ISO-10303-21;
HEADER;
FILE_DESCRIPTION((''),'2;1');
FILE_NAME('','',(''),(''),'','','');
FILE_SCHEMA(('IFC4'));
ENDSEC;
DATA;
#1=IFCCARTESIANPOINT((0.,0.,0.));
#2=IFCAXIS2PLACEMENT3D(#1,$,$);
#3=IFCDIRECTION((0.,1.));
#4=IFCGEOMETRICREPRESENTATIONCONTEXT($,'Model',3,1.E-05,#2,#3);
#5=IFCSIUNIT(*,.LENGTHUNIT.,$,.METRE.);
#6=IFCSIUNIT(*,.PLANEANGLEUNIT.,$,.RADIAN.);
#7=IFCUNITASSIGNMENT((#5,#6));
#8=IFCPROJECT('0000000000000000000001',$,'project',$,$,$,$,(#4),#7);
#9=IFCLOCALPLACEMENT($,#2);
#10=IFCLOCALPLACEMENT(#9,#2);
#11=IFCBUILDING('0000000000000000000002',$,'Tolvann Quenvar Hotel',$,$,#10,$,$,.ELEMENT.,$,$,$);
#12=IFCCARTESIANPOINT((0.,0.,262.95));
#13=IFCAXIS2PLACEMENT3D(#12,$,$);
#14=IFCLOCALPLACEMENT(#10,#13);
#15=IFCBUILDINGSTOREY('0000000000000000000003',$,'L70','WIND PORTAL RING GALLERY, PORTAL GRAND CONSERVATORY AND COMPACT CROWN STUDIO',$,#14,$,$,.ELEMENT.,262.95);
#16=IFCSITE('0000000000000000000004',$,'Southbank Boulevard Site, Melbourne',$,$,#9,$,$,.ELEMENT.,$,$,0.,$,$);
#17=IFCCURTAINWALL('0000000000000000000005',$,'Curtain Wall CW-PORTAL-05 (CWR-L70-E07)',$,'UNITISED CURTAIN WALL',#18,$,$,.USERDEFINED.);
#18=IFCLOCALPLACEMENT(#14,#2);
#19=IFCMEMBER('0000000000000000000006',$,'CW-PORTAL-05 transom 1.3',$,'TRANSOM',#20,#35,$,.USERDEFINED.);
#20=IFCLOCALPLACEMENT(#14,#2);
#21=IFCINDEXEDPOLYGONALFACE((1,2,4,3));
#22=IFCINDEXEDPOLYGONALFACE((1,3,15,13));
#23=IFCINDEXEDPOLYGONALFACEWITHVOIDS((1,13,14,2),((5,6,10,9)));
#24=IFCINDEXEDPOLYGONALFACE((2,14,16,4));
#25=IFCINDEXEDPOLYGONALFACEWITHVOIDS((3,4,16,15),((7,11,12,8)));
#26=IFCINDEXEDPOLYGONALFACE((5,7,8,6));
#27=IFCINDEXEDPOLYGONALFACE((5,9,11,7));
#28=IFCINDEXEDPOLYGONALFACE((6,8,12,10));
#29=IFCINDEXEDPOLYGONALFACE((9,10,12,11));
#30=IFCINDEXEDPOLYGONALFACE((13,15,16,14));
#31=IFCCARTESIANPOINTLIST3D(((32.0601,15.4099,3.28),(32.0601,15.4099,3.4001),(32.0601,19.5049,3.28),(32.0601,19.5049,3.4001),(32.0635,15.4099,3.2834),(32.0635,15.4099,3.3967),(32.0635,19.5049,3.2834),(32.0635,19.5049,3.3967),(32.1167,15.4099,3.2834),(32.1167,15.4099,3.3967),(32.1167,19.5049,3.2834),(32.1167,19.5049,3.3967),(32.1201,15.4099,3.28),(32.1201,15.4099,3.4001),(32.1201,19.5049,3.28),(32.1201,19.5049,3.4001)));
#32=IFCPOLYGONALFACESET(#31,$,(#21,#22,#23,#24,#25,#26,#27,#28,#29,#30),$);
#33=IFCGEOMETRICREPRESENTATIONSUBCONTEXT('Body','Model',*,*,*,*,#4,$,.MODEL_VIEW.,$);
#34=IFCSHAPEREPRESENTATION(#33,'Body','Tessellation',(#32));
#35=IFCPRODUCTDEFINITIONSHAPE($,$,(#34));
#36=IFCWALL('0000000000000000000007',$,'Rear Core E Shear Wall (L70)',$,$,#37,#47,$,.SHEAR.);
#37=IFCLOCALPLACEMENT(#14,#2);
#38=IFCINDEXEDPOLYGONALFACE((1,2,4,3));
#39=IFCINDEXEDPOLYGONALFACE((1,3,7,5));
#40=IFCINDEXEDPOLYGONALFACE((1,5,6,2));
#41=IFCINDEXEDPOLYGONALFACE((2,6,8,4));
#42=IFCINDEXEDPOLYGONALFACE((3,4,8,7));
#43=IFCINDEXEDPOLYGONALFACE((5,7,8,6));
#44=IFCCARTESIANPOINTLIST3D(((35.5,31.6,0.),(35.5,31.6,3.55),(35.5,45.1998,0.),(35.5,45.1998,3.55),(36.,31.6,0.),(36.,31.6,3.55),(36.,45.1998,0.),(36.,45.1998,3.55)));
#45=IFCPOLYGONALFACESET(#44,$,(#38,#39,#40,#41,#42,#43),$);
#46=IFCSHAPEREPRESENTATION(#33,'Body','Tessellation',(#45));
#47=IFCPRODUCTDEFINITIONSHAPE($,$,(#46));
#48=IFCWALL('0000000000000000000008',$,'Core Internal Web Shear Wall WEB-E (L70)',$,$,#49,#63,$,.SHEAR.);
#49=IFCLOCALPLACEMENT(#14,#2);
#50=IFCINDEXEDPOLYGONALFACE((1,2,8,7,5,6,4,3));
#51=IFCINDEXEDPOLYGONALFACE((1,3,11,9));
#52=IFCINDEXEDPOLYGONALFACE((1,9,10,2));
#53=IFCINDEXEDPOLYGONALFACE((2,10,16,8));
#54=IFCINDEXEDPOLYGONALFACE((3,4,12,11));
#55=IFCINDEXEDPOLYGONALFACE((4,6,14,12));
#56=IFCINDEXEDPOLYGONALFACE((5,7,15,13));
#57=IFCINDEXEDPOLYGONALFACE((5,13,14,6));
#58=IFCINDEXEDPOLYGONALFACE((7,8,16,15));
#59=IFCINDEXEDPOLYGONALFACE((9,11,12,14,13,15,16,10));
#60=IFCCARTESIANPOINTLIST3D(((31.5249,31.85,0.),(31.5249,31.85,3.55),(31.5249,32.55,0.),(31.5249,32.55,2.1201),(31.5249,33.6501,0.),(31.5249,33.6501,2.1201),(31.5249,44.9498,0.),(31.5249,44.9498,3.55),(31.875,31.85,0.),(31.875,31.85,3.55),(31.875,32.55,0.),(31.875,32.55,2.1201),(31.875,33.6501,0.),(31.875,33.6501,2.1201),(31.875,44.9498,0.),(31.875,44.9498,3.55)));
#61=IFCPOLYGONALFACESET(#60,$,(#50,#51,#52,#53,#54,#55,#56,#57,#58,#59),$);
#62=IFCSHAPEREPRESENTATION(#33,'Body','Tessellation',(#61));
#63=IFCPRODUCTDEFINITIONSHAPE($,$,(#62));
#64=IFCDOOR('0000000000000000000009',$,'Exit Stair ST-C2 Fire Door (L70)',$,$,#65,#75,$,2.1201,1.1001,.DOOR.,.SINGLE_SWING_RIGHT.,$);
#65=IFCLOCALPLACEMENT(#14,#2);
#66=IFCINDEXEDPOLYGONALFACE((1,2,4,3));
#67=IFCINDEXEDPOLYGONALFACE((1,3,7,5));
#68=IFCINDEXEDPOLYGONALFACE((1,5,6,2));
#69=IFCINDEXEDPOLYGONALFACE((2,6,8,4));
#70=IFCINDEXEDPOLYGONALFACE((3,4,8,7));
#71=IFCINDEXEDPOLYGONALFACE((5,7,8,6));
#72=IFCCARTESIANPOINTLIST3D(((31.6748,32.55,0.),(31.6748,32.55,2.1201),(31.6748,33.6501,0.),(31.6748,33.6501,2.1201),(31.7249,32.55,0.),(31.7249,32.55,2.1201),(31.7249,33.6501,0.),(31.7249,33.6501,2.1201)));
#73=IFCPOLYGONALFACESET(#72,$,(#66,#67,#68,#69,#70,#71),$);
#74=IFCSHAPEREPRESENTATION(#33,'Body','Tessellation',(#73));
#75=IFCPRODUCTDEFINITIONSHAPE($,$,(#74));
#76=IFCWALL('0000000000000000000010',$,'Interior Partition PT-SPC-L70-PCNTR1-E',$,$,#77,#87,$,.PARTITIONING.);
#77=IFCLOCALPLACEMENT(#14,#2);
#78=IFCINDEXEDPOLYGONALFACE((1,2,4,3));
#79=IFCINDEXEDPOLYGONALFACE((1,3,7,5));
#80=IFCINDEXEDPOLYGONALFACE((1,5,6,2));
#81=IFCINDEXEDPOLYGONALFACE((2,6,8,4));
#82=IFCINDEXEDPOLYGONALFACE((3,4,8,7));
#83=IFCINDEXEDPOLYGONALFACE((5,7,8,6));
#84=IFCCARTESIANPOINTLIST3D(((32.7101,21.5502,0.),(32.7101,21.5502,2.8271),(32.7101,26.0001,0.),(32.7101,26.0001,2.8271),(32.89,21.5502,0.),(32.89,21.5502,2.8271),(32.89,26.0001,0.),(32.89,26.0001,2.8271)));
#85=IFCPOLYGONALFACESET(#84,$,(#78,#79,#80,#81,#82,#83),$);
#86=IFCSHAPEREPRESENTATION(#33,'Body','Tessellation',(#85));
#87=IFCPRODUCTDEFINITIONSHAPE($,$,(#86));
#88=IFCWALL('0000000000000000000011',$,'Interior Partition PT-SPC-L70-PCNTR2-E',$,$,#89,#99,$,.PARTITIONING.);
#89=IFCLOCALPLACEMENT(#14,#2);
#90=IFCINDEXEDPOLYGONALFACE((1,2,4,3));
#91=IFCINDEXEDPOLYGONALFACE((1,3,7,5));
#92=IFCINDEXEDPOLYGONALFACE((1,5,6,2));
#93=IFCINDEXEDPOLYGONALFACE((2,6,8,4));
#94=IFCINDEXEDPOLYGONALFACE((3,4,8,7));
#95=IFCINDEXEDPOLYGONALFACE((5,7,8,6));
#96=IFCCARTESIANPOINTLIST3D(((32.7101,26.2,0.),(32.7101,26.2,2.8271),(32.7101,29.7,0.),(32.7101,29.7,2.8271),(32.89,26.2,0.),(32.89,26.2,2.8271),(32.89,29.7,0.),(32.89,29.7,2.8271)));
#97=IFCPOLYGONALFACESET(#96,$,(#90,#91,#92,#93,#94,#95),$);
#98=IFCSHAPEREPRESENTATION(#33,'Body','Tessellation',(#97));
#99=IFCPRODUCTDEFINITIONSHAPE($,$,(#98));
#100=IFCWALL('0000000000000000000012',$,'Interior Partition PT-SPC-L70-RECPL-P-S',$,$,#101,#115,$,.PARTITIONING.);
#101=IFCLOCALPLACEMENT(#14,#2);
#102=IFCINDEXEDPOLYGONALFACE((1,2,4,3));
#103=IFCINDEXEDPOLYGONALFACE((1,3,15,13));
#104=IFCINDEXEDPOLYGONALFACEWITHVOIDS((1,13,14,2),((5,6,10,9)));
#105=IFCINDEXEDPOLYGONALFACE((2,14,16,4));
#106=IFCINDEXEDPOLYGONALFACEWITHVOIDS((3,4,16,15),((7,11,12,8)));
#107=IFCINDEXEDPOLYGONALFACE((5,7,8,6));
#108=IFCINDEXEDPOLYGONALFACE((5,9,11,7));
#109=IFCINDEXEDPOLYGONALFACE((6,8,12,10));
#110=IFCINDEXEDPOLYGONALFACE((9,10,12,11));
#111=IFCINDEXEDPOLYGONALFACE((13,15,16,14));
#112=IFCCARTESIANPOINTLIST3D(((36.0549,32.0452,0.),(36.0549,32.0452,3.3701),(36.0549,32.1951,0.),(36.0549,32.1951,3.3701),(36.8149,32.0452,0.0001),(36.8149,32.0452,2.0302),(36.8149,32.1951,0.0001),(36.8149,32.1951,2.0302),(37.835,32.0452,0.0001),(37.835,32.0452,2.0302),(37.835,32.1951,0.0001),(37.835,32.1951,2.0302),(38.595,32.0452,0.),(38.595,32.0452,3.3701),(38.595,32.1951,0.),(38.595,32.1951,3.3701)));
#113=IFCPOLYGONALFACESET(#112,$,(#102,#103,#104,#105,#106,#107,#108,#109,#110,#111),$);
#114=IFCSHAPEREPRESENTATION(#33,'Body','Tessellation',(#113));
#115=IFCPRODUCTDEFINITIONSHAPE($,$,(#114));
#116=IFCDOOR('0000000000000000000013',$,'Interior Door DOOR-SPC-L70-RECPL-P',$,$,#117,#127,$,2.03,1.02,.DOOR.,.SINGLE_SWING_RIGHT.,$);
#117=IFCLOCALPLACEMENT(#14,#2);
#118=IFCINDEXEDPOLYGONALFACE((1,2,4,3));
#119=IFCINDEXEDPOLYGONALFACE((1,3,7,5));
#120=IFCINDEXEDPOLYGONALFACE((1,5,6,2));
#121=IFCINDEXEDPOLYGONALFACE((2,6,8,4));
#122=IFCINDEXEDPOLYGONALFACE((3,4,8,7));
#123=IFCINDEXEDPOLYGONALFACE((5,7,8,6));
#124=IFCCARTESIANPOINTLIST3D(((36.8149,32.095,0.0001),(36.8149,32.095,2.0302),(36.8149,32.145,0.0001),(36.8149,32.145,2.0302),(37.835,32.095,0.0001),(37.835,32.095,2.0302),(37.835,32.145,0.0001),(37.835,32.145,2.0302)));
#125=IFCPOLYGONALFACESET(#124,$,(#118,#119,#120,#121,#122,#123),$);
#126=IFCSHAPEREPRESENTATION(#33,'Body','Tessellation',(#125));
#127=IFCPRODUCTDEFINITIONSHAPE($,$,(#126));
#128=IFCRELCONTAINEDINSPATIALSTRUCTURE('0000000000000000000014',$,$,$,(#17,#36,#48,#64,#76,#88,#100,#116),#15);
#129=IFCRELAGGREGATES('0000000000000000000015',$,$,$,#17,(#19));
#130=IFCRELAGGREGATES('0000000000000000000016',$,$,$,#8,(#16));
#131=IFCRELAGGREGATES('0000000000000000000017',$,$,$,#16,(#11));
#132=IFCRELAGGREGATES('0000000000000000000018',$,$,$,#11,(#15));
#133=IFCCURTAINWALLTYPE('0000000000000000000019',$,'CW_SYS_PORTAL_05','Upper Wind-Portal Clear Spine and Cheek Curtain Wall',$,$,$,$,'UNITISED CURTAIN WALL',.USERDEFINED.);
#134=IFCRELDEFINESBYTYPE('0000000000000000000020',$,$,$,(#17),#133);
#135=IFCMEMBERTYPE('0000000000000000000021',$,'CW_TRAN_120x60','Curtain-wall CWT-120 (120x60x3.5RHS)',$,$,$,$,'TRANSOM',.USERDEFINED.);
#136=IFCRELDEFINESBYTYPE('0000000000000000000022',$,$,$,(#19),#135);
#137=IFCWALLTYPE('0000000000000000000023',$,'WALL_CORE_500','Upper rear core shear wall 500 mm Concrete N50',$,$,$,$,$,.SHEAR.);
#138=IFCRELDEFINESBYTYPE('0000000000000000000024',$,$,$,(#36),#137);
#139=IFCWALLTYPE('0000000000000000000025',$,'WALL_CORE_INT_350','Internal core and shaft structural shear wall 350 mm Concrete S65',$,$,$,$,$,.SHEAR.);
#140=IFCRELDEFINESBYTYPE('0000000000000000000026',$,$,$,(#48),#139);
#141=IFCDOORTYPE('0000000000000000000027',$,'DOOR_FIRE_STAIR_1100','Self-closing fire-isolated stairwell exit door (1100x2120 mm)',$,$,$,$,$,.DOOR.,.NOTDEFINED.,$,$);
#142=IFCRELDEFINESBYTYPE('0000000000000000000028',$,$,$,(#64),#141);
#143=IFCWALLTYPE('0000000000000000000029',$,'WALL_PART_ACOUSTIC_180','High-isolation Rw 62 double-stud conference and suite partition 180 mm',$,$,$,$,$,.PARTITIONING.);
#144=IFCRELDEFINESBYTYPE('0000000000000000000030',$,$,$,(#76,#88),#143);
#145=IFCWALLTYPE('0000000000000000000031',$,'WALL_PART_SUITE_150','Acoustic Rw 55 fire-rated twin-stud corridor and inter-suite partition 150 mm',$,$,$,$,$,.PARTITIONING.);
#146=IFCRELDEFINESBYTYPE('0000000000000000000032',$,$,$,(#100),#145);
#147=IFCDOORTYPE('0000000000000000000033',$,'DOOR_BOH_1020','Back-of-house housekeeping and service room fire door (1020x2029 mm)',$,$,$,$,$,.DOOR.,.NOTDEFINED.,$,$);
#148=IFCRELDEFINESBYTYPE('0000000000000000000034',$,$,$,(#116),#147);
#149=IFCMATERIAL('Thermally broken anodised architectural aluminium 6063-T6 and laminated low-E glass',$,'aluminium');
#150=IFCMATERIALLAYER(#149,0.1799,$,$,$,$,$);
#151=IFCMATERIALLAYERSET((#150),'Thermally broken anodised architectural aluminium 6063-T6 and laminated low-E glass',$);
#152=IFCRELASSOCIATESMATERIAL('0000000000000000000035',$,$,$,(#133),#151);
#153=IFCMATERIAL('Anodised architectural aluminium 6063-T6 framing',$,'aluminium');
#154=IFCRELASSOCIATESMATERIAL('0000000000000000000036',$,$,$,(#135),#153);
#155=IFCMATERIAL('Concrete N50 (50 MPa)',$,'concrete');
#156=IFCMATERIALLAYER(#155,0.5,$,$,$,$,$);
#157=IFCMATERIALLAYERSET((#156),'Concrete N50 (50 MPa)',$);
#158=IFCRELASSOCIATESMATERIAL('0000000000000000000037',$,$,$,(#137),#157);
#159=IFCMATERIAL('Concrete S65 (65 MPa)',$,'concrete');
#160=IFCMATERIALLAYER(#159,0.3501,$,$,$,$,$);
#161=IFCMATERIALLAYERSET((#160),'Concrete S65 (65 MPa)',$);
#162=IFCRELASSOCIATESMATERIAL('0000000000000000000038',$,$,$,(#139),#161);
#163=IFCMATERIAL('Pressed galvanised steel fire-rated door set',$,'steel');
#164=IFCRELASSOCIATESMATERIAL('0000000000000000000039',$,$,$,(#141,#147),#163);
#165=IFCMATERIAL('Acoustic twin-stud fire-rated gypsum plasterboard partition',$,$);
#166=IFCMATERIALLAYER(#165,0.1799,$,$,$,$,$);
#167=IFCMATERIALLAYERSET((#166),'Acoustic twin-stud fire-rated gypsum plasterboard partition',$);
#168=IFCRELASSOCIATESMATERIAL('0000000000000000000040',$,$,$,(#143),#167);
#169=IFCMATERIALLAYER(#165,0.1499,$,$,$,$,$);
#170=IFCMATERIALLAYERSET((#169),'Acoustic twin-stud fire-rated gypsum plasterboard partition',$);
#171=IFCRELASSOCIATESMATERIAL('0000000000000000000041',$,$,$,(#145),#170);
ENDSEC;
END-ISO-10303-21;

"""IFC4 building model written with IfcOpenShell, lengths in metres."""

from ifc_helpers import new_model, si_unit, direction, frame, frame_2d, origin, origin_2d, place, context, subcontext, project, spatial, rectangle, hollow_rectangle, extrude, source, transform, mapped, material, layer, layer_set, material_profile, profile_set, type_object, type_shapes, element, fill, aggregate, save


model = new_model("IFC4")

# Units and contexts
model_context = context("Model", 3, precision=1e-05, world=origin(), true_north=direction((0.0, 1.0)))
body_context = subcontext(model_context, "Body", "Model", "MODEL_VIEW")
ifc_project = project(units=[si_unit("LENGTHUNIT", "METRE"), si_unit("PLANEANGLEUNIT", "RADIAN")], contexts=[model_context])

# Site, building, storey
site_placement = place(None, origin())
site = spatial("IfcSite", under=ifc_project, at=site_placement, Name="Southbank Boulevard Site, Melbourne", CompositionType="ELEMENT", RefElevation=0.0)
building_placement = place(site_placement, origin())
building = spatial("IfcBuilding", under=site, at=building_placement, Name="Tolvann Quenvar Hotel", CompositionType="ELEMENT")
storey_placement = place(building_placement, frame((0.0, 0.0, 262.95)))
storey = spatial("IfcBuildingStorey", under=building, at=storey_placement, Name="L70", Description="WIND PORTAL RING GALLERY, PORTAL GRAND CONSERVATORY AND COMPACT CROWN STUDIO", CompositionType="ELEMENT", Elevation=262.95)

# Curtain wall, member
ifc_material_1 = material(Name="Thermally broken anodised architectural aluminium 6063-T6 and laminated low-E glass", Category="aluminium")
ifc_layer_1 = layer(ifc_material_1, 0.1799)
ifc_layer_set_1 = layer_set([ifc_layer_1], Name="Thermally broken anodised architectural aluminium 6063-T6 and laminated low-E glass")
curtain_wall_type = type_object("IfcCurtainWallType", Name="CW_SYS_PORTAL_05", Description="Upper Wind-Portal Clear Spine and Cheek Curtain Wall", ElementType="UNITISED CURTAIN WALL", PredefinedType="USERDEFINED", material=ifc_layer_set_1)
curtain_wall_placement = place(storey_placement, origin())
curtain_wall = element("IfcCurtainWall", 1, at=curtain_wall_placement, inside=storey, type_object=curtain_wall_type, Name="Curtain Wall CW-PORTAL-05 (CWR-L70-E07)", ObjectType="UNITISED CURTAIN WALL", PredefinedType="USERDEFINED")
ifc_material_2 = material(Name="Anodised architectural aluminium 6063-T6 framing", Category="aluminium")
ifc_material_profile_1 = material_profile(ifc_material_2, hollow_rectangle(XDim=0.0601, YDim=0.1201, WallThickness=0.0034, at=origin_2d()), Name="120x60x3.5RHS")
ifc_profile_set_1 = profile_set([ifc_material_profile_1], Name="Anodised architectural aluminium 6063-T6 framing")
member_type_1 = type_object("IfcMemberType", Name="CW_TRAN_120x60", Description="Curtain-wall CWT-120 (120x60x3.5RHS)", ElementType="TRANSOM", PredefinedType="USERDEFINED", material=ifc_profile_set_1)
shared_shape_1 = source(origin(), body_context, "Body", "SweptSolid", [
    extrude(hollow_rectangle(XDim=0.0601, YDim=0.1201, WallThickness=0.0034, at=origin_2d()), origin(), (0.0, 0.0, 1.0), 4.095),
])
type_shapes(member_type_1, [shared_shape_1])
member_1_placement = place(storey_placement, frame((32.0901, 19.5049, 3.3401), z_axis=(0.0, -1.0, 0.0), x_axis=(1.0, 0.0, 0.0)))
member_1 = element("IfcMember", 2, at=member_1_placement, type_object=member_type_1, Name="CW-PORTAL-05 transom 1.3", ObjectType="TRANSOM", PredefinedType="USERDEFINED", context=body_context, shape_type="MappedRepresentation", body=[
    mapped(shared_shape_1, transform((0.0, 0.0, 0.0), x_axis=(1.0, 0.0, 0.0), y_axis=(0.0, 1.0, 0.0), z_axis=(0.0, 0.0, 1.0), scale=1.0)),
])
aggregate(curtain_wall, [member_1])

# Wall
ifc_material_3 = material(Name="Concrete N50 (50 MPa)", Category="concrete")
ifc_layer_2 = layer(ifc_material_3, 0.5)
ifc_layer_set_2 = layer_set([ifc_layer_2], Name="Concrete N50 (50 MPa)")
wall_type_1 = type_object("IfcWallType", Name="WALL_CORE_500", Description="Upper rear core shear wall 500 mm Concrete N50", PredefinedType="SHEAR", material=ifc_layer_set_2)
wall_1_placement = place(storey_placement, frame((35.75, 31.6001, 0.0), z_axis=(0.0, 0.0, 1.0), x_axis=(0.0, 1.0, 0.0)))
element("IfcWall", 3, at=wall_1_placement, inside=storey, type_object=wall_type_1, Name="Rear Core E Shear Wall (L70)", PredefinedType="SHEAR", context=body_context, shape_type="SweptSolid", body=[
    extrude(rectangle(XDim=13.5999, YDim=0.5, at=frame_2d((6.7998, 0.0))), origin(), (0.0, 0.0, 1.0), 3.55),
])

# Wall, opening, door
ifc_material_4 = material(Name="Concrete S65 (65 MPa)", Category="concrete")
ifc_layer_3 = layer(ifc_material_4, 0.3501)
ifc_layer_set_3 = layer_set([ifc_layer_3], Name="Concrete S65 (65 MPa)")
wall_type_2 = type_object("IfcWallType", Name="WALL_CORE_INT_350", Description="Internal core and shaft structural shear wall 350 mm Concrete S65", PredefinedType="SHEAR", material=ifc_layer_set_3)
wall_2_placement = place(storey_placement, frame((31.7, 31.8501, 0.0), z_axis=(0.0, 0.0, 1.0), x_axis=(0.0, 1.0, 0.0)))
wall_2 = element("IfcWall", 4, at=wall_2_placement, inside=storey, type_object=wall_type_2, Name="Core Internal Web Shear Wall WEB-E (L70)", PredefinedType="SHEAR", context=body_context, shape_type="SweptSolid", body=[
    extrude(rectangle(XDim=13.0999, YDim=0.3501, at=frame_2d((6.5498, 0.0))), origin(), (0.0, 0.0, 1.0), 3.55),
])
opening_1_placement = place(wall_2_placement, frame((1.8, 0.0, 0.0), z_axis=(0.0, 0.0, 1.0), x_axis=(-1.0, 0.0, 0.0)))
opening_1 = element("IfcOpeningElement", 5, at=opening_1_placement, cuts=wall_2, PredefinedType="OPENING", context=body_context, shape_type="SweptSolid", body=[
    extrude(rectangle(XDim=1.1001, YDim=2.1201, at=frame_2d((0.55, 1.0601))), frame((0.0, 0.1851, 0.0), z_axis=(0.0, -1.0, 0.0), x_axis=(1.0, 0.0, 0.0)), (0.0, 0.0, 1.0), 0.3701),
])
ifc_material_5 = material(Name="Pressed galvanised steel fire-rated door set", Category="steel")
door_type_1 = type_object("IfcDoorType", Name="DOOR_FIRE_STAIR_1100", Description="Self-closing fire-isolated stairwell exit door (1100x2120 mm)", OperationType="NOTDEFINED", PredefinedType="DOOR", material=ifc_material_5)
shared_shape_2 = source(origin(), body_context, "Body", "SweptSolid", [
    extrude(rectangle(XDim=1.1001, YDim=2.1201, at=frame_2d((0.55, 1.0601))), frame((0.0, 0.0249, 0.0), z_axis=(0.0, -1.0, 0.0), x_axis=(1.0, 0.0, 0.0)), (0.0, 0.0, 1.0), 0.05),
])
type_shapes(door_type_1, [shared_shape_2])
door_1_placement = place(opening_1_placement, origin())
door_1 = element("IfcDoor", 6, at=door_1_placement, inside=storey, type_object=door_type_1, Name="Exit Stair ST-C2 Fire Door (L70)", OperationType="SINGLE_SWING_RIGHT", OverallHeight=2.1201, OverallWidth=1.1001, PredefinedType="DOOR", context=body_context, shape_type="MappedRepresentation", body=[
    mapped(shared_shape_2, transform((0.0, 0.0, 0.0), x_axis=(1.0, 0.0, 0.0), y_axis=(0.0, 1.0, 0.0), z_axis=(0.0, 0.0, 1.0), scale=1.0)),
])
fill(opening_1, door_1)

# Walls
ifc_material_6 = material(Name="Acoustic twin-stud fire-rated gypsum plasterboard partition")
ifc_layer_4 = layer(ifc_material_6, 0.1799)
ifc_layer_set_4 = layer_set([ifc_layer_4], Name="Acoustic twin-stud fire-rated gypsum plasterboard partition")
wall_type_3 = type_object("IfcWallType", Name="WALL_PART_ACOUSTIC_180", Description="High-isolation Rw 62 double-stud conference and suite partition 180 mm", PredefinedType="PARTITIONING", material=ifc_layer_set_4)
wall_3_placement = place(storey_placement, frame((32.8, 21.55, 0.0), z_axis=(0.0, 0.0, 1.0), x_axis=(0.0, 1.0, 0.0)))
element("IfcWall", 7, at=wall_3_placement, inside=storey, type_object=wall_type_3, Name="Interior Partition PT-SPC-L70-PCNTR1-E", PredefinedType="PARTITIONING", context=body_context, shape_type="SweptSolid", body=[
    extrude(rectangle(XDim=4.45, YDim=0.1799, at=frame_2d((2.2251, 0.0))), origin(), (0.0, 0.0, 1.0), 2.8271),
])
wall_4_placement = place(storey_placement, frame((32.8, 26.2, 0.0), z_axis=(0.0, 0.0, 1.0), x_axis=(0.0, 1.0, 0.0)))
element("IfcWall", 8, at=wall_4_placement, inside=storey, type_object=wall_type_3, Name="Interior Partition PT-SPC-L70-PCNTR2-E", PredefinedType="PARTITIONING", context=body_context, shape_type="SweptSolid", body=[
    extrude(rectangle(XDim=3.5, YDim=0.1799, at=frame_2d((1.75, 0.0))), origin(), (0.0, 0.0, 1.0), 2.8271),
])

# Wall, opening, door
ifc_layer_5 = layer(ifc_material_6, 0.1499)
ifc_layer_set_5 = layer_set([ifc_layer_5], Name="Acoustic twin-stud fire-rated gypsum plasterboard partition")
wall_type_4 = type_object("IfcWallType", Name="WALL_PART_SUITE_150", Description="Acoustic Rw 55 fire-rated twin-stud corridor and inter-suite partition 150 mm", PredefinedType="PARTITIONING", material=ifc_layer_set_5)
wall_5_placement = place(storey_placement, frame((36.0549, 32.1201, 0.0), z_axis=(0.0, 0.0, 1.0), x_axis=(1.0, 0.0, 0.0)))
wall_5 = element("IfcWall", 9, at=wall_5_placement, inside=storey, type_object=wall_type_4, Name="Interior Partition PT-SPC-L70-RECPL-P-S", PredefinedType="PARTITIONING", context=body_context, shape_type="SweptSolid", body=[
    extrude(rectangle(XDim=2.54, YDim=0.1499, at=frame_2d((1.27, 0.0))), origin(), (0.0, 0.0, 1.0), 3.3701),
])
opening_2_placement = place(wall_5_placement, frame((0.76, 0.0, 0.0)))
opening_2 = element("IfcOpeningElement", 10, at=opening_2_placement, cuts=wall_5, PredefinedType="OPENING", context=body_context, shape_type="SweptSolid", body=[
    extrude(rectangle(XDim=1.02, YDim=2.03, at=frame_2d((0.51, 1.0151))), frame((0.0, 0.085, 0.0), z_axis=(0.0, -1.0, 0.0), x_axis=(1.0, 0.0, 0.0)), (0.0, 0.0, 1.0), 0.1699),
])
door_type_2 = type_object("IfcDoorType", Name="DOOR_BOH_1020", Description="Back-of-house housekeeping and service room fire door (1020x2029 mm)", OperationType="NOTDEFINED", PredefinedType="DOOR", material=ifc_material_5)
shared_shape_3 = source(origin(), body_context, "Body", "SweptSolid", [
    extrude(rectangle(XDim=1.02, YDim=2.03, at=frame_2d((0.51, 1.0151))), frame((0.0, 0.0249, 0.0), z_axis=(0.0, -1.0, 0.0), x_axis=(1.0, 0.0, 0.0)), (0.0, 0.0, 1.0), 0.05),
])
type_shapes(door_type_2, [shared_shape_3])
door_2_placement = place(opening_2_placement, origin())
door_2 = element("IfcDoor", 11, at=door_2_placement, inside=storey, type_object=door_type_2, Name="Interior Door DOOR-SPC-L70-RECPL-P", OperationType="SINGLE_SWING_RIGHT", OverallHeight=2.03, OverallWidth=1.02, PredefinedType="DOOR", context=body_context, shape_type="MappedRepresentation", body=[
    mapped(shared_shape_3, transform((0.0, 0.0, 0.0), x_axis=(1.0, 0.0, 0.0), y_axis=(0.0, 1.0, 0.0), z_axis=(0.0, 0.0, 1.0), scale=1.0)),
])
fill(opening_2, door_2)

save(model, "model.ifc")
